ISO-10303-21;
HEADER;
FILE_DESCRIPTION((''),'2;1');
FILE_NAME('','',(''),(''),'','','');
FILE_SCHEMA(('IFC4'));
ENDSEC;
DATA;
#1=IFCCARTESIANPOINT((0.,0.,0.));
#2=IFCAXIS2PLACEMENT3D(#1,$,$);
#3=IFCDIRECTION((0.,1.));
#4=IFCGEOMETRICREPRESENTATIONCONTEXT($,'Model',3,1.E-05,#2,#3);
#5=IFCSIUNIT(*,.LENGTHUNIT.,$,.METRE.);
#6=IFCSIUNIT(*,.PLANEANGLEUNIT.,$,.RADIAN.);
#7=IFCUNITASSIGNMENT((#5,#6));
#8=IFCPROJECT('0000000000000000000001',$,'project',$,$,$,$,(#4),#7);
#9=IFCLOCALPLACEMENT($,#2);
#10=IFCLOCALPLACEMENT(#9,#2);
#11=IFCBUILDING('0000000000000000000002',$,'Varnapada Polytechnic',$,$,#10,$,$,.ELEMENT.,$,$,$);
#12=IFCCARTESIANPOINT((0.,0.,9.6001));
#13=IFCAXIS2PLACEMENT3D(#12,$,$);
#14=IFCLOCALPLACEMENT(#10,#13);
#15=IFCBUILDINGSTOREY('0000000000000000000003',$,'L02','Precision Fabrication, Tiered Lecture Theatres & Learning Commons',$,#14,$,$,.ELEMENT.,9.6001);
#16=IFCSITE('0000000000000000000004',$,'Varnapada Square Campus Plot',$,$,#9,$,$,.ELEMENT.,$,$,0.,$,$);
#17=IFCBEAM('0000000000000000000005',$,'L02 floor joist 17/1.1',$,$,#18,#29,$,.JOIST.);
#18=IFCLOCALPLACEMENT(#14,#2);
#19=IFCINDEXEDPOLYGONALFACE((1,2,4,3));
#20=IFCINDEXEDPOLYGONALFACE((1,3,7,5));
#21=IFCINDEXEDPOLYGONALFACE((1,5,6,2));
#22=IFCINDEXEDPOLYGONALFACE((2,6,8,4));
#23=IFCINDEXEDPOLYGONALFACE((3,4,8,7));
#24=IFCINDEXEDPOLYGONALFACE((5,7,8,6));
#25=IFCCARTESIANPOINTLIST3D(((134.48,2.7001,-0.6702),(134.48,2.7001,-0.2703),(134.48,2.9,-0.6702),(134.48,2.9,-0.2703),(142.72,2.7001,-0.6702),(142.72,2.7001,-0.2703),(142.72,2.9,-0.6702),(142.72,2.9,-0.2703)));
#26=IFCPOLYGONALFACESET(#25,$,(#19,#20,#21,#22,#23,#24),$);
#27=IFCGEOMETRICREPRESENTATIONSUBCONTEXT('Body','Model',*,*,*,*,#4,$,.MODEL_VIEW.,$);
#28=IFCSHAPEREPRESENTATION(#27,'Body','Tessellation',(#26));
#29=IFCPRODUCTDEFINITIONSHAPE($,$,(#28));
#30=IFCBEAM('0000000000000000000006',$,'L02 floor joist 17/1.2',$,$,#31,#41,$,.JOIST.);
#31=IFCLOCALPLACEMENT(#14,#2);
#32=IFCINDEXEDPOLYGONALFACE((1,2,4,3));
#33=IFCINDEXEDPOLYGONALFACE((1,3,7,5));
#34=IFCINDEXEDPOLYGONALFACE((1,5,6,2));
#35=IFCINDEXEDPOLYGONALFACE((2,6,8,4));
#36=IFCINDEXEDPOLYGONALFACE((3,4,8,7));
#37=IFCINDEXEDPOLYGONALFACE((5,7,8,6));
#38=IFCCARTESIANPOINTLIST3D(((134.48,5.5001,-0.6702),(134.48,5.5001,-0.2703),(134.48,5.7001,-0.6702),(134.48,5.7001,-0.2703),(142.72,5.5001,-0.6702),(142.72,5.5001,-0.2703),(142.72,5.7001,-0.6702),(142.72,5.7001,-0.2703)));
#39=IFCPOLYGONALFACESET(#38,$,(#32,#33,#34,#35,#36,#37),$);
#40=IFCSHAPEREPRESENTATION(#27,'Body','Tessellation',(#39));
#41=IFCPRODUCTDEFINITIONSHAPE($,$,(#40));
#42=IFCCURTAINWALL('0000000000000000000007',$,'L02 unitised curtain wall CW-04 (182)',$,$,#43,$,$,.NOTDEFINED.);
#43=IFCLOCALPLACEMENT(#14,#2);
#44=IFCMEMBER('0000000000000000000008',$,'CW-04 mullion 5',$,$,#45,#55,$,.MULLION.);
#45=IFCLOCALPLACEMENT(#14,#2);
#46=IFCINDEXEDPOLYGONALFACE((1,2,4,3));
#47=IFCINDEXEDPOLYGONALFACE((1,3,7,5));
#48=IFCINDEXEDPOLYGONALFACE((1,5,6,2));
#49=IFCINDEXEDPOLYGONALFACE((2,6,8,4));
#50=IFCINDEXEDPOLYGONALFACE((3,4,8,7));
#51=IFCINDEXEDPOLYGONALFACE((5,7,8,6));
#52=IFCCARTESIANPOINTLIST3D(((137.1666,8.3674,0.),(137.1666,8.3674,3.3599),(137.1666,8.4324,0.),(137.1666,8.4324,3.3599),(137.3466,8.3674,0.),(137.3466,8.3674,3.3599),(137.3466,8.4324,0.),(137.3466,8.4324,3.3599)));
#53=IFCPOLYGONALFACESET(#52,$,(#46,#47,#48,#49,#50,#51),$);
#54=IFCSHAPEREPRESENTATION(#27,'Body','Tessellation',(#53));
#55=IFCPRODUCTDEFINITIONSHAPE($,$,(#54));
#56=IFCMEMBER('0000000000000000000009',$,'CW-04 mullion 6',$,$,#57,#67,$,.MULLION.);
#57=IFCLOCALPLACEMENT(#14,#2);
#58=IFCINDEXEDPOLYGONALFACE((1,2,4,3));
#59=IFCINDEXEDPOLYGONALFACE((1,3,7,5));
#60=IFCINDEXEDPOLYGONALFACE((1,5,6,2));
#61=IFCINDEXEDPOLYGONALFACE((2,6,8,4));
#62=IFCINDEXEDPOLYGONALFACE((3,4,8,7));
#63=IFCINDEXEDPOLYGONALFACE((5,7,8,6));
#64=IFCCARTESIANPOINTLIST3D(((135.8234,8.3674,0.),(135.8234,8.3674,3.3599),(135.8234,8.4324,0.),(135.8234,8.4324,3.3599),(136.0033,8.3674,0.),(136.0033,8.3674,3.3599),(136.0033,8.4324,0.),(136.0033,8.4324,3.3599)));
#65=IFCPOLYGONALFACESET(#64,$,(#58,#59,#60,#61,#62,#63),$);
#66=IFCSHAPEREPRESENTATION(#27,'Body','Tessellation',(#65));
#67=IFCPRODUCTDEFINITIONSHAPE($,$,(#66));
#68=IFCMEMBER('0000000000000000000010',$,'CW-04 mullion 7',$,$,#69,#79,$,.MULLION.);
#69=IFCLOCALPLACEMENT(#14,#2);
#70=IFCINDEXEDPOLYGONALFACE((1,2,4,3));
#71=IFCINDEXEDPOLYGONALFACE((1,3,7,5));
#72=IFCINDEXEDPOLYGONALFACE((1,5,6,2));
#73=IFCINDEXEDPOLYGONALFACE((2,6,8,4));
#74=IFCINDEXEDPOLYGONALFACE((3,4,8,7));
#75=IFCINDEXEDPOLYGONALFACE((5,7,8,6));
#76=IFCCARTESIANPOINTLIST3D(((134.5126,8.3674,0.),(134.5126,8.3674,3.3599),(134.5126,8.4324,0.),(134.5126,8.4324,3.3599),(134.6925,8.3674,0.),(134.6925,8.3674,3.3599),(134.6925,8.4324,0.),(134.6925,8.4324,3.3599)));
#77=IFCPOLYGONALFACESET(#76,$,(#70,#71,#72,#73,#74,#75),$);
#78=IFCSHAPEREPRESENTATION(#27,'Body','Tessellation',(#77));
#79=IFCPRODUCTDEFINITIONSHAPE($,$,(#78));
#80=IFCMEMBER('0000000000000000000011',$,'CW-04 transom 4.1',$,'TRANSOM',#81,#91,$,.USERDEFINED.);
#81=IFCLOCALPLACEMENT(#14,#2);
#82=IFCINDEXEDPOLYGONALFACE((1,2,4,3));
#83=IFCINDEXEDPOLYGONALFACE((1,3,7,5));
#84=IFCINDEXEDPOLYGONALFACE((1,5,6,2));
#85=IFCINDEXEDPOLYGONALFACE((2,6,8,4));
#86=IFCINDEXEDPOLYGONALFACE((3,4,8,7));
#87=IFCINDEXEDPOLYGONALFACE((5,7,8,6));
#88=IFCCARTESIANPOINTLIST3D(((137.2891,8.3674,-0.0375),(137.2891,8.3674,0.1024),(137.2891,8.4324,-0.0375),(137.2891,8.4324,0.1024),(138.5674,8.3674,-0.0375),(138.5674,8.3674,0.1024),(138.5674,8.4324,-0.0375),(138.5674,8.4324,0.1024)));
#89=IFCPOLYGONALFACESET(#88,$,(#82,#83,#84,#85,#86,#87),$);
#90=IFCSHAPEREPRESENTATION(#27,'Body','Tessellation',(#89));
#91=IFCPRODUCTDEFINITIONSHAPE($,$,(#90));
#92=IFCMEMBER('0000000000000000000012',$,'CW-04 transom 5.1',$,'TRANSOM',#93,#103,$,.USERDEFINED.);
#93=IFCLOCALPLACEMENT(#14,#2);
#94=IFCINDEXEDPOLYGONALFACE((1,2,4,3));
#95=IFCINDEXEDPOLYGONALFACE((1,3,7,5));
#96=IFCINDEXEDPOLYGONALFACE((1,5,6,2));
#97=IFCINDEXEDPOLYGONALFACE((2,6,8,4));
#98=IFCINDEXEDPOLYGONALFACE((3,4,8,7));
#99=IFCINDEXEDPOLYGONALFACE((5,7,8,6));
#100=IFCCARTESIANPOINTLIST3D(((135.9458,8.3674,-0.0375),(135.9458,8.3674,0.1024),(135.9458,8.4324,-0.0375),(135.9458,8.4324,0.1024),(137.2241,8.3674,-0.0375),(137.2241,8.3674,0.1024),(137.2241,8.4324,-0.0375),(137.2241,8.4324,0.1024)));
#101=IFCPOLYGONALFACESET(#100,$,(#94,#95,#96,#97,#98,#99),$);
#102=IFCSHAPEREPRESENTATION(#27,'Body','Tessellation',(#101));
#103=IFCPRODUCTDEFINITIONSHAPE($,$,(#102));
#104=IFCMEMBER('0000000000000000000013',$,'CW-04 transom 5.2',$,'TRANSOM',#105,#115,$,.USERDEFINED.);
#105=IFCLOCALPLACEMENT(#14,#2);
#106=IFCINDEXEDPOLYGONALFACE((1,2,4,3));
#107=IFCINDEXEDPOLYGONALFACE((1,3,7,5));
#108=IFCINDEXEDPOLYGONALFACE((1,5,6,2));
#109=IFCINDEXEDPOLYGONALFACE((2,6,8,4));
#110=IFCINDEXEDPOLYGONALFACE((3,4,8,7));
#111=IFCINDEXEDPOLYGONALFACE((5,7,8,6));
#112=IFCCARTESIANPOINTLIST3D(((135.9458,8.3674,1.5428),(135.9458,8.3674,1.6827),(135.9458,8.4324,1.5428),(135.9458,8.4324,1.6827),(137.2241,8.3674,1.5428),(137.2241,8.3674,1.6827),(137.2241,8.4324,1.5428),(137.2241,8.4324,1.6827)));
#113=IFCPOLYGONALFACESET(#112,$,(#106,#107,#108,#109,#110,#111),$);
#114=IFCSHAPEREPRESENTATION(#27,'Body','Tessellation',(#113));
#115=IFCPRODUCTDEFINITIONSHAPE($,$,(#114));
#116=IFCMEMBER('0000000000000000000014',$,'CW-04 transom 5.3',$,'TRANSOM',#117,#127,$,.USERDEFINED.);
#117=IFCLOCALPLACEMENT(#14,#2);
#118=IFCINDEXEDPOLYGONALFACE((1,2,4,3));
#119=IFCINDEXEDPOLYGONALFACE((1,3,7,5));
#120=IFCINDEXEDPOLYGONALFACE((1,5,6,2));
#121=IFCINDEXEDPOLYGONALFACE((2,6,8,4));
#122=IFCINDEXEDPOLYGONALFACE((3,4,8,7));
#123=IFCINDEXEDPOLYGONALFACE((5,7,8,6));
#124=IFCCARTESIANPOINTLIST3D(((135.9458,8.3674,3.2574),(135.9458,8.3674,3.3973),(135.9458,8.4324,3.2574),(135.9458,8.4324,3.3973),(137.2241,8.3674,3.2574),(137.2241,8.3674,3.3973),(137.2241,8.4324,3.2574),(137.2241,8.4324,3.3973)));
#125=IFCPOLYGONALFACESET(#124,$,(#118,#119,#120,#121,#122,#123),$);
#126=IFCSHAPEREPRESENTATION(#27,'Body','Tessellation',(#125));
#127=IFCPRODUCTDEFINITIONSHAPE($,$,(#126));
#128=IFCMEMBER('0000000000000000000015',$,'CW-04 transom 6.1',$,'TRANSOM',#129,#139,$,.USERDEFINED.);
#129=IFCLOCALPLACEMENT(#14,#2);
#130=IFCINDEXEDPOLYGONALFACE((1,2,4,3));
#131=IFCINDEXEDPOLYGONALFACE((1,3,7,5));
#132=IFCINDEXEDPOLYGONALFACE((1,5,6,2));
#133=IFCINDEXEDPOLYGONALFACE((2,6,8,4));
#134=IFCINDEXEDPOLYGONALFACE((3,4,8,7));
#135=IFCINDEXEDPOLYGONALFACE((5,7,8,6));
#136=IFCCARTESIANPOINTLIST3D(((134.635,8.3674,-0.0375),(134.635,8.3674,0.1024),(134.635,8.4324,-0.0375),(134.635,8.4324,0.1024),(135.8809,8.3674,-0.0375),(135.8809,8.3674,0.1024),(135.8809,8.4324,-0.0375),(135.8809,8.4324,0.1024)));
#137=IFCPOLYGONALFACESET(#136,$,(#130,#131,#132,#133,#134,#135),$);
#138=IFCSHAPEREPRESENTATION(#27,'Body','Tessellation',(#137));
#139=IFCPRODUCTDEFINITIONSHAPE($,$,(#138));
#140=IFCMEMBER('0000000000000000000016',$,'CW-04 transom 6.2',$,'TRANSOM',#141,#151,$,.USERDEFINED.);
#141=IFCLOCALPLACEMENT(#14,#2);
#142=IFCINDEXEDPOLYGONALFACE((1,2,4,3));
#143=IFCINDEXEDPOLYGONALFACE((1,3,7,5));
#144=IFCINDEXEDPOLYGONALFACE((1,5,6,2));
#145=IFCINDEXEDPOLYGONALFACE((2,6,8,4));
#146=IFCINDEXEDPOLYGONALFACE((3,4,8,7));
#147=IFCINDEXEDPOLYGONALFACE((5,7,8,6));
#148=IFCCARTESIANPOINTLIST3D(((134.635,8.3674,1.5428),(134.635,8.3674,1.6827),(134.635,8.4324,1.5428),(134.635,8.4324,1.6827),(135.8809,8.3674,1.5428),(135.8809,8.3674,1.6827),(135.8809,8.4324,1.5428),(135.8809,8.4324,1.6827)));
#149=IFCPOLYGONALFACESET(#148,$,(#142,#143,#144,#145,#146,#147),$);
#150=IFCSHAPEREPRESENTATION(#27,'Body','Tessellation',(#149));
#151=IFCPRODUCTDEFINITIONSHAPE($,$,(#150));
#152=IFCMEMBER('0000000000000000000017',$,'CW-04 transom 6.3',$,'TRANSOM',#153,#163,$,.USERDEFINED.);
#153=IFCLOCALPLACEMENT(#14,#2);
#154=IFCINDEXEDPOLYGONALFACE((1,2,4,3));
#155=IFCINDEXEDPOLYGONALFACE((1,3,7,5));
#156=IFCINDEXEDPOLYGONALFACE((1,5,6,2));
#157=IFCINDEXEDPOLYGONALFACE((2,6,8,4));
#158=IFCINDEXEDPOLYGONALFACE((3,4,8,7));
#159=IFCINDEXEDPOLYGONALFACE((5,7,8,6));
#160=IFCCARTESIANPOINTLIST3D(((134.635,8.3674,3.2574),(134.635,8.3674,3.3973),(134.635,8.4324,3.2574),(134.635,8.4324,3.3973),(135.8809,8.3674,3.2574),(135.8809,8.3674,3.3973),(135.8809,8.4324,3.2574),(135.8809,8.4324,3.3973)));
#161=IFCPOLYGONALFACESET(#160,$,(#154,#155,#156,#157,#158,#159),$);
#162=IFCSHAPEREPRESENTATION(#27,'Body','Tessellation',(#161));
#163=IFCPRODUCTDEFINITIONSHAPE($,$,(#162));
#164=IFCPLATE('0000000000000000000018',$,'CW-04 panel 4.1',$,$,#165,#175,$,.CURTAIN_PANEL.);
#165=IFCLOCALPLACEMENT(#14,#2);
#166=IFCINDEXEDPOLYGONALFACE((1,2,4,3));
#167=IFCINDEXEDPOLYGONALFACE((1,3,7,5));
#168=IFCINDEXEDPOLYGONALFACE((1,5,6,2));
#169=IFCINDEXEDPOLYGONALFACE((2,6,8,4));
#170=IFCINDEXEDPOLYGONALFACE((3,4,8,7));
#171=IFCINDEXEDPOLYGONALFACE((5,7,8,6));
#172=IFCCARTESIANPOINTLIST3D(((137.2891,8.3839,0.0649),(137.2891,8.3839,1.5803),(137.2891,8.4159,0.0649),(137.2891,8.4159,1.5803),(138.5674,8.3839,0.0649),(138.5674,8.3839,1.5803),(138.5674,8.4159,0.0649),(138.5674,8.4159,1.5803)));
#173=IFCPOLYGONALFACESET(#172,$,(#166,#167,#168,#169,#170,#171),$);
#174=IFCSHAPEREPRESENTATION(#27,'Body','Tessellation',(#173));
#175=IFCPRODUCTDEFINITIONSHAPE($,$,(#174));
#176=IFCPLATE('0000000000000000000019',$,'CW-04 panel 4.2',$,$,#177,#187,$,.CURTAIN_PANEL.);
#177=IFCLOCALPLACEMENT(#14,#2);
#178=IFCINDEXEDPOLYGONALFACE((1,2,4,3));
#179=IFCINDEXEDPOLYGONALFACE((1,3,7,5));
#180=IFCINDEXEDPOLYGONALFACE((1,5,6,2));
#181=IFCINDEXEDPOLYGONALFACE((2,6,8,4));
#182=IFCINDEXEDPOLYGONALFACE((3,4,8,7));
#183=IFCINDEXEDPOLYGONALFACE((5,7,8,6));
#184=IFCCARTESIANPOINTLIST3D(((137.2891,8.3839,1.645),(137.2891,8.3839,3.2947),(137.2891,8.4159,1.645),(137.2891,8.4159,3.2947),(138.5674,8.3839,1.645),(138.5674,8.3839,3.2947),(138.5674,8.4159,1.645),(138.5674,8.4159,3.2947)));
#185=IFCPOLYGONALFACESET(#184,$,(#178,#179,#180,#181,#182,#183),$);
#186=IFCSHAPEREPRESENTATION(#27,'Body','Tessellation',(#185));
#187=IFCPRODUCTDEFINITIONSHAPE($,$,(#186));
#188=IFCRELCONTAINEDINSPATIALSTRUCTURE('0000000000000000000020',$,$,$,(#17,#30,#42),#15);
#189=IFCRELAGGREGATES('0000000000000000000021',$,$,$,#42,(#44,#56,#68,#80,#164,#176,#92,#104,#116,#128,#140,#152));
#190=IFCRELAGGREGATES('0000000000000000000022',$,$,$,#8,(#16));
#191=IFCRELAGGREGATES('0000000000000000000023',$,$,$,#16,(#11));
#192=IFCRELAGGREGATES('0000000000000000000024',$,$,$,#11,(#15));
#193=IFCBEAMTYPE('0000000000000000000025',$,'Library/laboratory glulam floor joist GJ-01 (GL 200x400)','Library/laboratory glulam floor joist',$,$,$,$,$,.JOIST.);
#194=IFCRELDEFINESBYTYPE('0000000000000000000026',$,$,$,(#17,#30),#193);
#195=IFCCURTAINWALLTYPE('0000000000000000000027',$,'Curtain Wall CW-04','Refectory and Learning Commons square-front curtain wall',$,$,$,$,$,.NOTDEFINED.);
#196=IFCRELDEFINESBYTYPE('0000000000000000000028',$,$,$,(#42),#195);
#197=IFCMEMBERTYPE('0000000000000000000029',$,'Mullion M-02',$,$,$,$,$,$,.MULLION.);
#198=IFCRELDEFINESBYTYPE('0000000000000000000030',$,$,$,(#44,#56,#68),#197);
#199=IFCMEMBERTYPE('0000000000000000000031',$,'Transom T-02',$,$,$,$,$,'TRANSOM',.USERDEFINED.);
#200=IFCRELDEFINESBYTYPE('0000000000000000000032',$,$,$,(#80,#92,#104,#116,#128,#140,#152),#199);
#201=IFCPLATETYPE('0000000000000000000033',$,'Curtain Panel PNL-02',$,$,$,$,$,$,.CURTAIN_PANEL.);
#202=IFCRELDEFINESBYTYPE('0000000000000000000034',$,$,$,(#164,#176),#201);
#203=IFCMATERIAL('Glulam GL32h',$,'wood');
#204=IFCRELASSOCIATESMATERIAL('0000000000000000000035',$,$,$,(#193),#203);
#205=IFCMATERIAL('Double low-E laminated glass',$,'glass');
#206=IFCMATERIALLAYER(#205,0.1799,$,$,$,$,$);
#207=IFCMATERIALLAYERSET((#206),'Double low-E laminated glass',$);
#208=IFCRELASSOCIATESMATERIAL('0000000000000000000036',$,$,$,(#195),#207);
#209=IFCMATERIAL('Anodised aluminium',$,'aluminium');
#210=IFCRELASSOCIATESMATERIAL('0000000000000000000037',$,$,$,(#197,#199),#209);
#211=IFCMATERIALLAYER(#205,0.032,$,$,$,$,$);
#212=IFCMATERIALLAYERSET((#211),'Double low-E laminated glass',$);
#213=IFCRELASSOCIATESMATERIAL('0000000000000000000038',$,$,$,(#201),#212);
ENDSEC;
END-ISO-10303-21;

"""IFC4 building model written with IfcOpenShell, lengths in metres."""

from ifc_helpers import new_model, si_unit, direction, frame, origin, origin_2d, place, context, subcontext, project, spatial, rectangle, extrude, material, layer, layer_set, material_profile, profile_set, type_object, element, aggregate, save


model = new_model("IFC4")

# Units and contexts
model_context = context("Model", 3, precision=1e-05, world=origin(), true_north=direction((0.0, 1.0)))
body_context = subcontext(model_context, "Body", "Model", "MODEL_VIEW")
ifc_project = project(units=[si_unit("LENGTHUNIT", "METRE"), si_unit("PLANEANGLEUNIT", "RADIAN")], contexts=[model_context])

# Site, building, storey
site_placement = place(None, origin())
site = spatial("IfcSite", under=ifc_project, at=site_placement, Name="Varnapada Square Campus Plot", CompositionType="ELEMENT", RefElevation=0.0)
building_placement = place(site_placement, origin())
building = spatial("IfcBuilding", under=site, at=building_placement, Name="Varnapada Polytechnic", CompositionType="ELEMENT")
storey_placement = place(building_placement, frame((0.0, 0.0, 9.6001)))
storey = spatial("IfcBuildingStorey", under=building, at=storey_placement, Name="L02", Description="Precision Fabrication, Tiered Lecture Theatres & Learning Commons", CompositionType="ELEMENT", Elevation=9.6001)

# Beams
ifc_material_1 = material(Name="Glulam GL32h", Category="wood")
ifc_material_profile_1 = material_profile(ifc_material_1, rectangle(XDim=0.2, YDim=0.3999, at=origin_2d()), Name="GL 200x400")
ifc_profile_set_1 = profile_set([ifc_material_profile_1], Name="Glulam GL32h")
beam_type = type_object("IfcBeamType", Name="Library/laboratory glulam floor joist GJ-01 (GL 200x400)", Description="Library/laboratory glulam floor joist", PredefinedType="JOIST", material=ifc_profile_set_1)
for number, where, z_axis, x_axis, name in (
    (1, (134.48, 2.8, -0.4702), (1.0, 0.0, 0.0), (0.0, 1.0, 0.0), "L02 floor joist 17/1.1"),
    (2, (134.48, 5.6001, -0.4702), (1.0, 0.0, 0.0), (0.0, 1.0, 0.0), "L02 floor joist 17/1.2"),
):
    element("IfcBeam", number, at=place(storey_placement, frame(where, z_axis=z_axis, x_axis=x_axis)), inside=storey, type_object=beam_type, Name=name, PredefinedType="JOIST", context=body_context, shape_type="SweptSolid", body=[
        extrude(rectangle(XDim=0.2, YDim=0.3999, at=origin_2d()), origin(), (0.0, 0.0, 1.0), 8.24),
    ])

# Curtain wall, members, plates
ifc_material_2 = material(Name="Double low-E laminated glass", Category="glass")
ifc_layer_1 = layer(ifc_material_2, 0.1799)
ifc_layer_set_1 = layer_set([ifc_layer_1], Name="Double low-E laminated glass")
curtain_wall_type = type_object("IfcCurtainWallType", Name="Curtain Wall CW-04", Description="Refectory and Learning Commons square-front curtain wall", PredefinedType="NOTDEFINED", material=ifc_layer_set_1)
curtain_wall_placement = place(storey_placement, origin())
curtain_wall = element("IfcCurtainWall", 3, at=curtain_wall_placement, inside=storey, type_object=curtain_wall_type, Name="L02 unitised curtain wall CW-04 (182)", PredefinedType="NOTDEFINED")
ifc_material_3 = material(Name="Anodised aluminium", Category="aluminium")
ifc_material_profile_2 = material_profile(ifc_material_3, rectangle(XDim=0.0649, YDim=0.1799, at=origin_2d()), Name="ALU M65x180")
ifc_profile_set_2 = profile_set([ifc_material_profile_2], Name="Anodised aluminium")
member_type_1 = type_object("IfcMemberType", Name="Mullion M-02", PredefinedType="MULLION", material=ifc_profile_set_2)
member_1_placement = place(storey_placement, frame((137.2566, 8.3999, 0.0), z_axis=(0.0, 0.0, 1.0), x_axis=(0.0, -1.0, 0.0)))
member_1 = element("IfcMember", 4, at=member_1_placement, type_object=member_type_1, Name="CW-04 mullion 5", PredefinedType="MULLION", context=body_context, shape_type="SweptSolid", body=[
    extrude(rectangle(XDim=0.0649, YDim=0.1799, at=origin_2d()), origin(), (0.0, 0.0, 1.0), 3.3599),
])
member_2_placement = place(storey_placement, frame((135.9133, 8.3999, 0.0), z_axis=(0.0, 0.0, 1.0), x_axis=(0.0, -1.0, 0.0)))
member_2 = element("IfcMember", 5, at=member_2_placement, type_object=member_type_1, Name="CW-04 mullion 6", PredefinedType="MULLION", context=body_context, shape_type="SweptSolid", body=[
    extrude(rectangle(XDim=0.0649, YDim=0.1799, at=origin_2d()), origin(), (0.0, 0.0, 1.0), 3.3599),
])
member_3_placement = place(storey_placement, frame((134.6025, 8.3999, 0.0), z_axis=(0.0, 0.0, 1.0), x_axis=(0.0, -1.0, 0.0)))
member_3 = element("IfcMember", 6, at=member_3_placement, type_object=member_type_1, Name="CW-04 mullion 7", PredefinedType="MULLION", context=body_context, shape_type="SweptSolid", body=[
    extrude(rectangle(XDim=0.0649, YDim=0.1799, at=origin_2d()), origin(), (0.0, 0.0, 1.0), 3.3599),
])
ifc_material_profile_3 = material_profile(ifc_material_3, rectangle(XDim=0.0649, YDim=0.1399, at=origin_2d()), Name="ALU T65x140")
ifc_profile_set_3 = profile_set([ifc_material_profile_3], Name="Anodised aluminium")
member_type_2 = type_object("IfcMemberType", Name="Transom T-02", ElementType="TRANSOM", PredefinedType="USERDEFINED", material=ifc_profile_set_3)
member_4_placement = place(storey_placement, frame((138.5674, 8.3999, 0.0325), z_axis=(-1.0, 0.0, 0.0), x_axis=(0.0, -1.0, 0.0)))
member_4 = element("IfcMember", 7, at=member_4_placement, type_object=member_type_2, Name="CW-04 transom 4.1", ObjectType="TRANSOM", PredefinedType="USERDEFINED", context=body_context, shape_type="SweptSolid", body=[
    extrude(rectangle(XDim=0.0649, YDim=0.1399, at=origin_2d()), origin(), (0.0, 0.0, 1.0), 1.2783),
])
member_5_placement = place(storey_placement, frame((137.2241, 8.3999, 0.0325), z_axis=(-1.0, 0.0, 0.0), x_axis=(0.0, -1.0, 0.0)))
member_5 = element("IfcMember", 8, at=member_5_placement, type_object=member_type_2, Name="CW-04 transom 5.1", ObjectType="TRANSOM", PredefinedType="USERDEFINED", context=body_context, shape_type="SweptSolid", body=[
    extrude(rectangle(XDim=0.0649, YDim=0.1399, at=origin_2d()), origin(), (0.0, 0.0, 1.0), 1.2783),
])
member_6_placement = place(storey_placement, frame((137.2241, 8.3999, 1.6128), z_axis=(-1.0, 0.0, 0.0), x_axis=(0.0, -1.0, 0.0)))
member_6 = element("IfcMember", 9, at=member_6_placement, type_object=member_type_2, Name="CW-04 transom 5.2", ObjectType="TRANSOM", PredefinedType="USERDEFINED", context=body_context, shape_type="SweptSolid", body=[
    extrude(rectangle(XDim=0.0649, YDim=0.1399, at=origin_2d()), origin(), (0.0, 0.0, 1.0), 1.2783),
])
member_7_placement = place(storey_placement, frame((137.2241, 8.3999, 3.3274), z_axis=(-1.0, 0.0, 0.0), x_axis=(0.0, -1.0, 0.0)))
member_7 = element("IfcMember", 10, at=member_7_placement, type_object=member_type_2, Name="CW-04 transom 5.3", ObjectType="TRANSOM", PredefinedType="USERDEFINED", context=body_context, shape_type="SweptSolid", body=[
    extrude(rectangle(XDim=0.0649, YDim=0.1399, at=origin_2d()), origin(), (0.0, 0.0, 1.0), 1.2783),
])
member_8_placement = place(storey_placement, frame((135.8809, 8.3999, 0.0325), z_axis=(-1.0, 0.0, 0.0), x_axis=(0.0, -1.0, 0.0)))
member_8 = element("IfcMember", 11, at=member_8_placement, type_object=member_type_2, Name="CW-04 transom 6.1", ObjectType="TRANSOM", PredefinedType="USERDEFINED", context=body_context, shape_type="SweptSolid", body=[
    extrude(rectangle(XDim=0.0649, YDim=0.1399, at=origin_2d()), origin(), (0.0, 0.0, 1.0), 1.2458),
])
member_9_placement = place(storey_placement, frame((135.8809, 8.3999, 1.6128), z_axis=(-1.0, 0.0, 0.0), x_axis=(0.0, -1.0, 0.0)))
member_9 = element("IfcMember", 12, at=member_9_placement, type_object=member_type_2, Name="CW-04 transom 6.2", ObjectType="TRANSOM", PredefinedType="USERDEFINED", context=body_context, shape_type="SweptSolid", body=[
    extrude(rectangle(XDim=0.0649, YDim=0.1399, at=origin_2d()), origin(), (0.0, 0.0, 1.0), 1.2458),
])
member_10_placement = place(storey_placement, frame((135.8809, 8.3999, 3.3274), z_axis=(-1.0, 0.0, 0.0), x_axis=(0.0, -1.0, 0.0)))
member_10 = element("IfcMember", 13, at=member_10_placement, type_object=member_type_2, Name="CW-04 transom 6.3", ObjectType="TRANSOM", PredefinedType="USERDEFINED", context=body_context, shape_type="SweptSolid", body=[
    extrude(rectangle(XDim=0.0649, YDim=0.1399, at=origin_2d()), origin(), (0.0, 0.0, 1.0), 1.2458),
])
ifc_layer_2 = layer(ifc_material_2, 0.032)
ifc_layer_set_2 = layer_set([ifc_layer_2], Name="Double low-E laminated glass")
plate_type = type_object("IfcPlateType", Name="Curtain Panel PNL-02", PredefinedType="CURTAIN_PANEL", material=ifc_layer_set_2)
plate_1_placement = place(storey_placement, frame((137.9282, 8.3999, 0.0649), z_axis=(0.0, 0.0, 1.0), x_axis=(-1.0, 0.0, 0.0)))
plate_1 = element("IfcPlate", 14, at=plate_1_placement, type_object=plate_type, Name="CW-04 panel 4.1", PredefinedType="CURTAIN_PANEL", context=body_context, shape_type="SweptSolid", body=[
    extrude(rectangle(XDim=1.2783, YDim=0.032, at=origin_2d()), origin(), (0.0, 0.0, 1.0), 1.5154),
])
plate_2_placement = place(storey_placement, frame((137.9282, 8.3999, 1.645), z_axis=(0.0, 0.0, 1.0), x_axis=(-1.0, 0.0, 0.0)))
plate_2 = element("IfcPlate", 15, at=plate_2_placement, type_object=plate_type, Name="CW-04 panel 4.2", PredefinedType="CURTAIN_PANEL", context=body_context, shape_type="SweptSolid", body=[
    extrude(rectangle(XDim=1.2783, YDim=0.032, at=origin_2d()), origin(), (0.0, 0.0, 1.0), 1.6497),
])
aggregate(curtain_wall, [member_1, member_2, member_3, member_4, plate_1, plate_2, member_5, member_6, member_7, member_8, member_9, member_10])

save(model, "model.ifc")
